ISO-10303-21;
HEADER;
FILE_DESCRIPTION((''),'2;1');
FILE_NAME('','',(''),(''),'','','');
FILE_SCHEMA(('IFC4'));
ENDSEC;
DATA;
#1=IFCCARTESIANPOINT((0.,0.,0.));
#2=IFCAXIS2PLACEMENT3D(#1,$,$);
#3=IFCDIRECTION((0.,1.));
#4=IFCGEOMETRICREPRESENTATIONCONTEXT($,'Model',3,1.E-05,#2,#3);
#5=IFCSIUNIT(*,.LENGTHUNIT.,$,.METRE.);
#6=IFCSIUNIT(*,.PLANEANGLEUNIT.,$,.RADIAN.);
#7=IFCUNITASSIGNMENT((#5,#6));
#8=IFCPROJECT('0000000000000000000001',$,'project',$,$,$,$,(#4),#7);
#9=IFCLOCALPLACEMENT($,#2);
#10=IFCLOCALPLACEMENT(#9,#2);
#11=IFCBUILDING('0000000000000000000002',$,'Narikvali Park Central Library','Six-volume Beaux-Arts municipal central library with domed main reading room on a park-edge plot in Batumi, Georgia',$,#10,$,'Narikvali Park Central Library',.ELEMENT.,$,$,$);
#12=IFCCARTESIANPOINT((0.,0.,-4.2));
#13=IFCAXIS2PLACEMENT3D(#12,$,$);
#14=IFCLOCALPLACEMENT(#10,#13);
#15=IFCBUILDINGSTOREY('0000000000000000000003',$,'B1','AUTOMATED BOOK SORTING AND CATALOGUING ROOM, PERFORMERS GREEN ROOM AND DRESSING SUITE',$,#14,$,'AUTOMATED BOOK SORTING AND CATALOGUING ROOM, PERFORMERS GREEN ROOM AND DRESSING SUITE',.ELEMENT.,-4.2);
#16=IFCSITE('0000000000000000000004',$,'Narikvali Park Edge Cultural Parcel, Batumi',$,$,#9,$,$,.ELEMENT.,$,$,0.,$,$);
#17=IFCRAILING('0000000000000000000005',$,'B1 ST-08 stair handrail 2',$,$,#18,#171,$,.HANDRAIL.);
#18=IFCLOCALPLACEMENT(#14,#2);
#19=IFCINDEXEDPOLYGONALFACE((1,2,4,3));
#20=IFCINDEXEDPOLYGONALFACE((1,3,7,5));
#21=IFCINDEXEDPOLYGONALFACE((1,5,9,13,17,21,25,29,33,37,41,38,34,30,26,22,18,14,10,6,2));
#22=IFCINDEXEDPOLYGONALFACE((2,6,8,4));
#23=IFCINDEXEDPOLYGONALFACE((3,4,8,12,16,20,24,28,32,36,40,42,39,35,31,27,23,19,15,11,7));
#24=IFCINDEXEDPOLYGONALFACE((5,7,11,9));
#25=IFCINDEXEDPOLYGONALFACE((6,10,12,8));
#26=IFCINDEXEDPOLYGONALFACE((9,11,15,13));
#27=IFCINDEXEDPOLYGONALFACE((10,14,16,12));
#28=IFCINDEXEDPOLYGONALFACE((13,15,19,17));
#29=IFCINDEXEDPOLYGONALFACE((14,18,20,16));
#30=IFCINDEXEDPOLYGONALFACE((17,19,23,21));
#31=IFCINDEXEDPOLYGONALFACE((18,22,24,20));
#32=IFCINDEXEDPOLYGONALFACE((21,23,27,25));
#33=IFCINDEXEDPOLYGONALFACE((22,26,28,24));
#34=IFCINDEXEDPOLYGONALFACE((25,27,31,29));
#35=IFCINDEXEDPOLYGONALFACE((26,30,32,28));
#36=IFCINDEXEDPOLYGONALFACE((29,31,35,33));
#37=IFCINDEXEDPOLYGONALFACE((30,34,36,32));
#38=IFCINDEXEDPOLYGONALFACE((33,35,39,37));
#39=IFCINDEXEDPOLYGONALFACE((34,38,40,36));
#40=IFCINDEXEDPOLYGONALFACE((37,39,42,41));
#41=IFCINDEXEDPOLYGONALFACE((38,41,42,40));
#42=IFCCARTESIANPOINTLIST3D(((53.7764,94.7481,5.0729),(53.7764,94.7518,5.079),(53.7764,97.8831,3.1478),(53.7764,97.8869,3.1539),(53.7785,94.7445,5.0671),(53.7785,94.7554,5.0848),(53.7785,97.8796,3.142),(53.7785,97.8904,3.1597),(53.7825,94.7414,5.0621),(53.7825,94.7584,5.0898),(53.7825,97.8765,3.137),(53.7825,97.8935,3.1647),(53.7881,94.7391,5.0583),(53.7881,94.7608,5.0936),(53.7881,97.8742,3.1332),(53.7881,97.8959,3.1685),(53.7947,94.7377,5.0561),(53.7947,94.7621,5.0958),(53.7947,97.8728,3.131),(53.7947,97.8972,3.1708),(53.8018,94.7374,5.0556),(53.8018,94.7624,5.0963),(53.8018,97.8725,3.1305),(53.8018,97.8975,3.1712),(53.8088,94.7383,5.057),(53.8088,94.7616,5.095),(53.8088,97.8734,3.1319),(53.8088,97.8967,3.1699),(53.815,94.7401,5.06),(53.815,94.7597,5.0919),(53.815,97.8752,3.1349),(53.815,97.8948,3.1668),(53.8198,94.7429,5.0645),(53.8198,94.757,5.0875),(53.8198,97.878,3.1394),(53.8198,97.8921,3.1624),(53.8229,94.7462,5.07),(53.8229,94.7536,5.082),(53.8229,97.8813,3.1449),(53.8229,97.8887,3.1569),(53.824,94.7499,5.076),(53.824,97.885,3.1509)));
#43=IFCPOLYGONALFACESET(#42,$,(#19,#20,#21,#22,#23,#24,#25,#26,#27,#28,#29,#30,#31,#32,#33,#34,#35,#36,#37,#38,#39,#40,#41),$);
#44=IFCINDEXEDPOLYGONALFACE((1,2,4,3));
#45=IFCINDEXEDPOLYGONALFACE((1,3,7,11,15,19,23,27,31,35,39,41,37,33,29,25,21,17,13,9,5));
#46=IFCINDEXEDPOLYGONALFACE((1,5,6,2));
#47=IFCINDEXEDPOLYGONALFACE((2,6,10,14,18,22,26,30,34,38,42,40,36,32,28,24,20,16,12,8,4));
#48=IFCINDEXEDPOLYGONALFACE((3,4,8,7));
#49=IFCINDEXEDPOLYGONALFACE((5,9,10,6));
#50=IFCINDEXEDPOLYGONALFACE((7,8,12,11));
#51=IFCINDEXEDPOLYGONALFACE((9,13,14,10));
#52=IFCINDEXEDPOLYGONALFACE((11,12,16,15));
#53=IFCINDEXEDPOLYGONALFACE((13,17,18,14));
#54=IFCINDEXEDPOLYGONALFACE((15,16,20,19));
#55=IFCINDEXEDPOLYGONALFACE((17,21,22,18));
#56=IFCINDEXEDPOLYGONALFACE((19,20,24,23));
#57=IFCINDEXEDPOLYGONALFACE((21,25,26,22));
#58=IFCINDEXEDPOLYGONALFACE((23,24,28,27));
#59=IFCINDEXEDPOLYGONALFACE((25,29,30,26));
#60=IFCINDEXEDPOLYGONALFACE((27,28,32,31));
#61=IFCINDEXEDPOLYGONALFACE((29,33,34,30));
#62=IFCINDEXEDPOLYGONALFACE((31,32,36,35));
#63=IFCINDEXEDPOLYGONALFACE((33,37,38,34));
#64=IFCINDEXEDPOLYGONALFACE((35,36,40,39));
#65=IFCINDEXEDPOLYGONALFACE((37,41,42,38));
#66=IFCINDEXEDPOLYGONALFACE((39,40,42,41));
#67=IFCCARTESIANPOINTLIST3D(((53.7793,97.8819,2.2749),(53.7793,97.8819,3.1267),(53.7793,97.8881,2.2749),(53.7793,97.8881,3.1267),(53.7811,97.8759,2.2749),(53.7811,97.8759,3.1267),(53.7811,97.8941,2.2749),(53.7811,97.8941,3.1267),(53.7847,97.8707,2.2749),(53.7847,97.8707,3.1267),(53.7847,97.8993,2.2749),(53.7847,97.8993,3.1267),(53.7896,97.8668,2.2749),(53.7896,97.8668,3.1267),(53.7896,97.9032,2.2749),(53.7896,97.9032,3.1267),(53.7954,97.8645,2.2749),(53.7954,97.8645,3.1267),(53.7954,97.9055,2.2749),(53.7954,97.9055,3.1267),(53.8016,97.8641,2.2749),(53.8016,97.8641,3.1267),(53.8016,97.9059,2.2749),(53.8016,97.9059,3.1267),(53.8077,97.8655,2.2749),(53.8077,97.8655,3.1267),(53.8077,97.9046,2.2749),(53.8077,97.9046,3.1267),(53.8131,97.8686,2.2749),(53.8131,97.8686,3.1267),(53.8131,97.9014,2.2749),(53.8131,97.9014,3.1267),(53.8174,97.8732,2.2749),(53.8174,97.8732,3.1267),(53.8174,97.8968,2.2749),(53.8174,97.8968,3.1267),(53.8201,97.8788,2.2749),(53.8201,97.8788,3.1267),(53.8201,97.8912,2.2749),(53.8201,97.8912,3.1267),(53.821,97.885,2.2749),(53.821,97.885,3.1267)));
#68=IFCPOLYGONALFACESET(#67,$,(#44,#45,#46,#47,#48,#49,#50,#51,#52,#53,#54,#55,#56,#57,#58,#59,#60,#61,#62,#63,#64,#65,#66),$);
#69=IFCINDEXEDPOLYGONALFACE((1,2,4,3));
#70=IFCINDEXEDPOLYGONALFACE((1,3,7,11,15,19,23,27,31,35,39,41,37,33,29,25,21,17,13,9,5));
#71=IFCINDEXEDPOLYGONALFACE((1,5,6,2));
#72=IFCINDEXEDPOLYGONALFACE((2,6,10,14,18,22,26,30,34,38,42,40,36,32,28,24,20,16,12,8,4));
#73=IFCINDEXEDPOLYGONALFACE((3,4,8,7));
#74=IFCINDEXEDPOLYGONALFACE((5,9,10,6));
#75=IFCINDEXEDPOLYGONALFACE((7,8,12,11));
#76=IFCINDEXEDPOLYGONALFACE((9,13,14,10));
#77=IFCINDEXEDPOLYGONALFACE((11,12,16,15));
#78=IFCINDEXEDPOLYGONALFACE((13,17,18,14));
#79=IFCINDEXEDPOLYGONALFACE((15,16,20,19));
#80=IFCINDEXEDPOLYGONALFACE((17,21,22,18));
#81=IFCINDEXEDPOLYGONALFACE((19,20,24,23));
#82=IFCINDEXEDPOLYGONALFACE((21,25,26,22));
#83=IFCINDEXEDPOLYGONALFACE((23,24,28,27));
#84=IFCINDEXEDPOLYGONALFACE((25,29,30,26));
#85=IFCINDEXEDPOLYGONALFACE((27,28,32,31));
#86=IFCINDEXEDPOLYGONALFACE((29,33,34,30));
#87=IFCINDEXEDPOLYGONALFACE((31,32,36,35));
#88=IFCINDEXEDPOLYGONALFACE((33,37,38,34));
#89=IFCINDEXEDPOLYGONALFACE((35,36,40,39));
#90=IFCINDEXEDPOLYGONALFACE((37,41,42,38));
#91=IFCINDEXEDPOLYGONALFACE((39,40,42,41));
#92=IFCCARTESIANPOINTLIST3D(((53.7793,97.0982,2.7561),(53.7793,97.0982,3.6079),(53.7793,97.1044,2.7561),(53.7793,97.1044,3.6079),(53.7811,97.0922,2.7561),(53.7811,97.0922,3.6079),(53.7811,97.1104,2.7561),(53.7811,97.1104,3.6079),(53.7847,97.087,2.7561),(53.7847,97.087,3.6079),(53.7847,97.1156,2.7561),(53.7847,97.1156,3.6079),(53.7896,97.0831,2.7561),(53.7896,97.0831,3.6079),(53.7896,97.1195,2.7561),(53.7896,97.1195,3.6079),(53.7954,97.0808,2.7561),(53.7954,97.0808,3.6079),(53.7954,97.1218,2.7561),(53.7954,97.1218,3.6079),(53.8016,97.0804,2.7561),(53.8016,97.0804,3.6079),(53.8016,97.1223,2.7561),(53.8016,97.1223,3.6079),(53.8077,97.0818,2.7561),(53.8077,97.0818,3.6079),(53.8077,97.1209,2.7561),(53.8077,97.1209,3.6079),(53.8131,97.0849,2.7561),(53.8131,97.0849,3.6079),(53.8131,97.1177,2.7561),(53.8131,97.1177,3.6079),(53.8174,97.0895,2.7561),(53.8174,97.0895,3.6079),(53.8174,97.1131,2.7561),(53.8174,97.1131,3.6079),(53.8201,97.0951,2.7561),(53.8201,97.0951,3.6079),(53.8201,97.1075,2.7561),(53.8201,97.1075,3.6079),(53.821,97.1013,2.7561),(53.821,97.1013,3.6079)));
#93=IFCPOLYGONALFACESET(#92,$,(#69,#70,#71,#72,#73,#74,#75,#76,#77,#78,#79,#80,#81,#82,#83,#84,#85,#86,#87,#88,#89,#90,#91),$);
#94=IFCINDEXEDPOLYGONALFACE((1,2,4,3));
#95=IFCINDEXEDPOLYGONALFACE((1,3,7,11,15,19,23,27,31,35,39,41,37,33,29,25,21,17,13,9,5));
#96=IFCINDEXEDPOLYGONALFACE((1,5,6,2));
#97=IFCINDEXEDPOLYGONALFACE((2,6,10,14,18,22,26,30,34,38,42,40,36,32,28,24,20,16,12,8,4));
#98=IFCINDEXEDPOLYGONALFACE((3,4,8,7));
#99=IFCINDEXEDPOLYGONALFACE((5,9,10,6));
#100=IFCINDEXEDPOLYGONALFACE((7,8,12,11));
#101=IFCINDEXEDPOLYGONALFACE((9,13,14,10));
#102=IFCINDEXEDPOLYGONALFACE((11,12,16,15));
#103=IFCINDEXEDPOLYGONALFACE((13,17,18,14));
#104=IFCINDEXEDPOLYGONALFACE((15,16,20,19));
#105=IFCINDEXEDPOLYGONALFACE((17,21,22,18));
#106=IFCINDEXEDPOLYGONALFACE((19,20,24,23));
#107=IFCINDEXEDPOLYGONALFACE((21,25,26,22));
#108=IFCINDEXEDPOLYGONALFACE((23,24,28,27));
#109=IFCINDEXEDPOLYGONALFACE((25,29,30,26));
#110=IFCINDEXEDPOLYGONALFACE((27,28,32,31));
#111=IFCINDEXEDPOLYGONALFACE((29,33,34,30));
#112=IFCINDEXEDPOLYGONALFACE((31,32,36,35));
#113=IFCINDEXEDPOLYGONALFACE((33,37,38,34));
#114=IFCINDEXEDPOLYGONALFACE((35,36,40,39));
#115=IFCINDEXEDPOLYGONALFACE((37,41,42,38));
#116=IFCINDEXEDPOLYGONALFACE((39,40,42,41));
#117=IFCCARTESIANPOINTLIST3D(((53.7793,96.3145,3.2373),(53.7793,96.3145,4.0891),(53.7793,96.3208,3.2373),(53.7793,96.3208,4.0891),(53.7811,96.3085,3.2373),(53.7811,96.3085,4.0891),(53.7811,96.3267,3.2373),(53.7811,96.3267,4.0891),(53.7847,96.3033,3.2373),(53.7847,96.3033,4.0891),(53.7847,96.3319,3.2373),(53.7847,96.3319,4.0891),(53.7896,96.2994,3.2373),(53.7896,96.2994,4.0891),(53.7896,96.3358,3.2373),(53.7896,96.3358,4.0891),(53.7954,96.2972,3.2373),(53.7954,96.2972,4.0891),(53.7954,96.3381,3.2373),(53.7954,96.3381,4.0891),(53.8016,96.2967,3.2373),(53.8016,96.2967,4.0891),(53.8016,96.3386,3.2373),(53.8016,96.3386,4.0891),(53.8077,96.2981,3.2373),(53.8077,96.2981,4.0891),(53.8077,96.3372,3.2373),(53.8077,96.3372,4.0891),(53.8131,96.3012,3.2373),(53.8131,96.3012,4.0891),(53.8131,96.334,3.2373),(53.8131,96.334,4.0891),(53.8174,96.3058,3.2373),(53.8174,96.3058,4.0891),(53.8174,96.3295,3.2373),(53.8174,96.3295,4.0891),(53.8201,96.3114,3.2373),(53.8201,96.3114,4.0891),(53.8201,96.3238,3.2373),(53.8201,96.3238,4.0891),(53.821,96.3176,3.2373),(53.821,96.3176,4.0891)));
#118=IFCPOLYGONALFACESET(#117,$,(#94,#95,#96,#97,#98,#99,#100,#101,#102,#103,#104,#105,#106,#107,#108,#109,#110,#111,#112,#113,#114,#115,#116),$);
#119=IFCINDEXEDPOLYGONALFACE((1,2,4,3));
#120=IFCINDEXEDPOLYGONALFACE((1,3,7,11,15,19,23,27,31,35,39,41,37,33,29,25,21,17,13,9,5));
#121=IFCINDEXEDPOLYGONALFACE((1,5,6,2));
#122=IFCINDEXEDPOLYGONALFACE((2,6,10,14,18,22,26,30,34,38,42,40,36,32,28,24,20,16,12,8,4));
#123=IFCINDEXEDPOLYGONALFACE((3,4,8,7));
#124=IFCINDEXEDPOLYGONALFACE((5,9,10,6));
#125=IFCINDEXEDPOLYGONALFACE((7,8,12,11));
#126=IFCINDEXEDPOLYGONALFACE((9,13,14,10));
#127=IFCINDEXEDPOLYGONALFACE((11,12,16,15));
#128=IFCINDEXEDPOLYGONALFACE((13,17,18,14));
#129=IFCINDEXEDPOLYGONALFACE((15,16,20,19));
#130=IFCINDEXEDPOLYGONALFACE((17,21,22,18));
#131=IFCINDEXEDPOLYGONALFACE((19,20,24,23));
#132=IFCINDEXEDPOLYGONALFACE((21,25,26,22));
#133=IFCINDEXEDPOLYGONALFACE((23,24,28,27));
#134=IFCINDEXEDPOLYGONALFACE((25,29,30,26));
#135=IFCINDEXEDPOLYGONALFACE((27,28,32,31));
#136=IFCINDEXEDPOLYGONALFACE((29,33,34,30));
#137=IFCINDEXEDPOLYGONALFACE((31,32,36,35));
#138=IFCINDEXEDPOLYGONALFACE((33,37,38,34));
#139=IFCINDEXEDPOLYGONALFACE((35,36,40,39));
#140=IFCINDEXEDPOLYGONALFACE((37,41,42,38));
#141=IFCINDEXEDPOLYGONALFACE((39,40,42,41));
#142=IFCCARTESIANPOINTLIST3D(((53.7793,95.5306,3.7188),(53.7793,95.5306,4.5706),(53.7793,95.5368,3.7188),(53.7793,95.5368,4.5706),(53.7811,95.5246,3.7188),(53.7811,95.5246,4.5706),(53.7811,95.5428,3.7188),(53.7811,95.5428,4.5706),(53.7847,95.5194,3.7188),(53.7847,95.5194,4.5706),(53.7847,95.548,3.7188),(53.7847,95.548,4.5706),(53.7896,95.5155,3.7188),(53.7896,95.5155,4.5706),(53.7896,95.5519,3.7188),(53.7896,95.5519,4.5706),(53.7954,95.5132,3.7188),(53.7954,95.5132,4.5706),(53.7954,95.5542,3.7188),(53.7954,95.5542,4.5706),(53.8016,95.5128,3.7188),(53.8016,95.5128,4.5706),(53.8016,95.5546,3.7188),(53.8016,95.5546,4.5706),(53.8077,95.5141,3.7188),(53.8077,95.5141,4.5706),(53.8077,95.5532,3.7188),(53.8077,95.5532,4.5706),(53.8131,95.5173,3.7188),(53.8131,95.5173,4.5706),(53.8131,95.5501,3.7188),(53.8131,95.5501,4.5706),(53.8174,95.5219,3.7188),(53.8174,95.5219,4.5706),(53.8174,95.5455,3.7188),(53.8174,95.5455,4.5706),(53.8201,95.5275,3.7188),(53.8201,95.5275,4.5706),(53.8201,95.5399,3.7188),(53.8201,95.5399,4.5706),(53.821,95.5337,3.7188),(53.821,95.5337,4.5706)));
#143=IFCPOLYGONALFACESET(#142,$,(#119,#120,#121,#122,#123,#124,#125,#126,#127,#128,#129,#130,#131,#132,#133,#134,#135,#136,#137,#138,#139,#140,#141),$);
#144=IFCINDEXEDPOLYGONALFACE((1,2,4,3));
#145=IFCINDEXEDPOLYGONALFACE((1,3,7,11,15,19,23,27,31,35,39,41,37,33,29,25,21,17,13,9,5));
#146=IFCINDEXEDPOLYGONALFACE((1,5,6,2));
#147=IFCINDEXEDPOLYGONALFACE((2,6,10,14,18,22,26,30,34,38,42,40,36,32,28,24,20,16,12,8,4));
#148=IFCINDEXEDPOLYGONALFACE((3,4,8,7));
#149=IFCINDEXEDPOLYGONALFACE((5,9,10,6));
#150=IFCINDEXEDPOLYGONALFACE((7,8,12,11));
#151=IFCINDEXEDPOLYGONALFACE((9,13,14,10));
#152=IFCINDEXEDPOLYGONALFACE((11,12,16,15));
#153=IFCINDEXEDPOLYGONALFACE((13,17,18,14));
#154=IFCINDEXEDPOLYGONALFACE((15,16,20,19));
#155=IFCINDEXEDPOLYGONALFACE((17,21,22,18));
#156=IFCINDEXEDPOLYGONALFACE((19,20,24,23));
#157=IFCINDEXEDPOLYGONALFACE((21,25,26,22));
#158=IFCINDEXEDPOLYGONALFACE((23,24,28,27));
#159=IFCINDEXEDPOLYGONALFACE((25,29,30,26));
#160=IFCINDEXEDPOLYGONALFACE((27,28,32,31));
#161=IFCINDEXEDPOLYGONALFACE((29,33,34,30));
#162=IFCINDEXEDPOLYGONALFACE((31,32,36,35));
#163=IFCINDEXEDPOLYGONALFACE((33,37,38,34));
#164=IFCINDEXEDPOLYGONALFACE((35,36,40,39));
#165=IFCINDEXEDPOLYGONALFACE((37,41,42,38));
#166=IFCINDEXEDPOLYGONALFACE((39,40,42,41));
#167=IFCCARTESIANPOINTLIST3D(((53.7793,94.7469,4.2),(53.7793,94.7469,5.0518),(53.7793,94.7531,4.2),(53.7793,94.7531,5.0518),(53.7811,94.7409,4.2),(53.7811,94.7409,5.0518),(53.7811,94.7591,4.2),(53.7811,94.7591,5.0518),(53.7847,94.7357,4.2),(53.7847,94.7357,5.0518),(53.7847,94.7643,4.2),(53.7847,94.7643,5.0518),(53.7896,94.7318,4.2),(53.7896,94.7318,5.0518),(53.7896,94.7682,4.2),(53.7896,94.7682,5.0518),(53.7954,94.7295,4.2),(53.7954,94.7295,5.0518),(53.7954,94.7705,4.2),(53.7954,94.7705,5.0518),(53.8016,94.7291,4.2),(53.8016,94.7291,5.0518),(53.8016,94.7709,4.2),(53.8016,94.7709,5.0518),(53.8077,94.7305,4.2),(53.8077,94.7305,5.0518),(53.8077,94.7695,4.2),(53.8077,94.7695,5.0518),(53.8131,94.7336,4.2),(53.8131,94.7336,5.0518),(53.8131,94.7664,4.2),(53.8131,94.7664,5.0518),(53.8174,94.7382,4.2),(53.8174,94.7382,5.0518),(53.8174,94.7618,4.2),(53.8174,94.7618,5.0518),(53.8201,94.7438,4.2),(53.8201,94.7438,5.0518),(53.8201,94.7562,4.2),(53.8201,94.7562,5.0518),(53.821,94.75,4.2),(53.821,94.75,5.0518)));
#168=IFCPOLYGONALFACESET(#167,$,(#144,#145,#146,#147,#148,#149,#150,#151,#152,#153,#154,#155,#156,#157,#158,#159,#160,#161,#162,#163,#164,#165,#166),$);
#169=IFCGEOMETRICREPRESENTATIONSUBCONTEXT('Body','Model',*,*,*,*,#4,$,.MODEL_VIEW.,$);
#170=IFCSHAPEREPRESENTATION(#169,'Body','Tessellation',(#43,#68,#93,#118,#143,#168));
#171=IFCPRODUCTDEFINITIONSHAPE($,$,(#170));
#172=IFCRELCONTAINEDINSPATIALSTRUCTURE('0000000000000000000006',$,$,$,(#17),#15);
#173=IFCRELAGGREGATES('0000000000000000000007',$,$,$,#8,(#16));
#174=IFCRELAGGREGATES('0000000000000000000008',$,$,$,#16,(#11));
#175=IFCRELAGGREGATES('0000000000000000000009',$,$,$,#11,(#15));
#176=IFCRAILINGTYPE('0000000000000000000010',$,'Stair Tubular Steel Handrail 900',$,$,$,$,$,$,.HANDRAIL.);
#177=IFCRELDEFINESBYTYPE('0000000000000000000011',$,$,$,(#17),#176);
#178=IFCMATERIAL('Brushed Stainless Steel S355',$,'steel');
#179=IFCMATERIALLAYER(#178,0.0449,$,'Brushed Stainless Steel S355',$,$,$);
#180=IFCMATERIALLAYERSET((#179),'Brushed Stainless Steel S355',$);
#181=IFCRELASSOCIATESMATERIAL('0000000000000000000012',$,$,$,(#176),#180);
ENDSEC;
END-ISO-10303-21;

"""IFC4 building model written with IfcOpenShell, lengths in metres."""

from ifc_helpers import new_model, si_unit, direction, frame, origin, origin_2d, place, context, subcontext, project, spatial, circle, extrude, material, layer, layer_set, type_object, element, save


model = new_model("IFC4")

# Units and contexts
model_context = context("Model", 3, precision=1e-05, world=origin(), true_north=direction((0.0, 1.0)))
body_context = subcontext(model_context, "Body", "Model", "MODEL_VIEW")
ifc_project = project(units=[si_unit("LENGTHUNIT", "METRE"), si_unit("PLANEANGLEUNIT", "RADIAN")], contexts=[model_context])

# Site, building, storey
site_placement = place(None, origin())
site = spatial("IfcSite", under=ifc_project, at=site_placement, Name="Narikvali Park Edge Cultural Parcel, Batumi", CompositionType="ELEMENT", RefElevation=0.0)
building_placement = place(site_placement, origin())
building = spatial("IfcBuilding", under=site, at=building_placement, Name="Narikvali Park Central Library", Description="Six-volume Beaux-Arts municipal central library with domed main reading room on a park-edge plot in Batumi, Georgia", LongName="Narikvali Park Central Library", CompositionType="ELEMENT")
storey_placement = place(building_placement, frame((0.0, 0.0, -4.2)))
storey = spatial("IfcBuildingStorey", under=building, at=storey_placement, Name="B1", Description="AUTOMATED BOOK SORTING AND CATALOGUING ROOM, PERFORMERS GREEN ROOM AND DRESSING SUITE", LongName="AUTOMATED BOOK SORTING AND CATALOGUING ROOM, PERFORMERS GREEN ROOM AND DRESSING SUITE", CompositionType="ELEMENT", Elevation=-4.2)

# Shared definitions
ifc_material_1 = material(Name="Brushed Stainless Steel S355", Category="steel")

# Railing
ifc_layer_1 = layer(ifc_material_1, 0.0449, Name="Brushed Stainless Steel S355")
ifc_layer_set_1 = layer_set([ifc_layer_1], Name="Brushed Stainless Steel S355")
railing_type_1 = type_object("IfcRailingType", Name="Stair Tubular Steel Handrail 900", PredefinedType="HANDRAIL", material=ifc_layer_set_1)
railing_1_placement = place(storey_placement, frame((53.8, 97.885, 2.2749)))
element("IfcRailing", 1, at=railing_1_placement, inside=storey, type_object=railing_type_1, Name="B1 ST-08 stair handrail 2", PredefinedType="HANDRAIL", context=body_context, shape_type="SweptSolid", body=[
    extrude(circle(Radius=0.0239, at=origin_2d()), frame((0.0, 0.0, 0.876), z_axis=(0.0, -0.852166, 0.523271), x_axis=(1.0, 0.0, 0.0)), (0.0, 0.0, 1.0), 3.679),
    extrude(circle(Radius=0.021, at=origin_2d()), origin(), (0.0, 0.0, 1.0), 0.8518),
    extrude(circle(Radius=0.021, at=origin_2d()), frame((0.0, -0.7837, 0.4812)), (0.0, 0.0, 1.0), 0.8518),
    extrude(circle(Radius=0.021, at=origin_2d()), frame((0.0, -1.5674, 0.9624)), (0.0, 0.0, 1.0), 0.8518),
    extrude(circle(Radius=0.021, at=origin_2d()), frame((0.0, -2.3513, 1.4438)), (0.0, 0.0, 1.0), 0.8518),
    extrude(circle(Radius=0.021, at=origin_2d()), frame((0.0, -3.135, 1.925)), (0.0, 0.0, 1.0), 0.8518),
])

save(model, "model.ifc")
